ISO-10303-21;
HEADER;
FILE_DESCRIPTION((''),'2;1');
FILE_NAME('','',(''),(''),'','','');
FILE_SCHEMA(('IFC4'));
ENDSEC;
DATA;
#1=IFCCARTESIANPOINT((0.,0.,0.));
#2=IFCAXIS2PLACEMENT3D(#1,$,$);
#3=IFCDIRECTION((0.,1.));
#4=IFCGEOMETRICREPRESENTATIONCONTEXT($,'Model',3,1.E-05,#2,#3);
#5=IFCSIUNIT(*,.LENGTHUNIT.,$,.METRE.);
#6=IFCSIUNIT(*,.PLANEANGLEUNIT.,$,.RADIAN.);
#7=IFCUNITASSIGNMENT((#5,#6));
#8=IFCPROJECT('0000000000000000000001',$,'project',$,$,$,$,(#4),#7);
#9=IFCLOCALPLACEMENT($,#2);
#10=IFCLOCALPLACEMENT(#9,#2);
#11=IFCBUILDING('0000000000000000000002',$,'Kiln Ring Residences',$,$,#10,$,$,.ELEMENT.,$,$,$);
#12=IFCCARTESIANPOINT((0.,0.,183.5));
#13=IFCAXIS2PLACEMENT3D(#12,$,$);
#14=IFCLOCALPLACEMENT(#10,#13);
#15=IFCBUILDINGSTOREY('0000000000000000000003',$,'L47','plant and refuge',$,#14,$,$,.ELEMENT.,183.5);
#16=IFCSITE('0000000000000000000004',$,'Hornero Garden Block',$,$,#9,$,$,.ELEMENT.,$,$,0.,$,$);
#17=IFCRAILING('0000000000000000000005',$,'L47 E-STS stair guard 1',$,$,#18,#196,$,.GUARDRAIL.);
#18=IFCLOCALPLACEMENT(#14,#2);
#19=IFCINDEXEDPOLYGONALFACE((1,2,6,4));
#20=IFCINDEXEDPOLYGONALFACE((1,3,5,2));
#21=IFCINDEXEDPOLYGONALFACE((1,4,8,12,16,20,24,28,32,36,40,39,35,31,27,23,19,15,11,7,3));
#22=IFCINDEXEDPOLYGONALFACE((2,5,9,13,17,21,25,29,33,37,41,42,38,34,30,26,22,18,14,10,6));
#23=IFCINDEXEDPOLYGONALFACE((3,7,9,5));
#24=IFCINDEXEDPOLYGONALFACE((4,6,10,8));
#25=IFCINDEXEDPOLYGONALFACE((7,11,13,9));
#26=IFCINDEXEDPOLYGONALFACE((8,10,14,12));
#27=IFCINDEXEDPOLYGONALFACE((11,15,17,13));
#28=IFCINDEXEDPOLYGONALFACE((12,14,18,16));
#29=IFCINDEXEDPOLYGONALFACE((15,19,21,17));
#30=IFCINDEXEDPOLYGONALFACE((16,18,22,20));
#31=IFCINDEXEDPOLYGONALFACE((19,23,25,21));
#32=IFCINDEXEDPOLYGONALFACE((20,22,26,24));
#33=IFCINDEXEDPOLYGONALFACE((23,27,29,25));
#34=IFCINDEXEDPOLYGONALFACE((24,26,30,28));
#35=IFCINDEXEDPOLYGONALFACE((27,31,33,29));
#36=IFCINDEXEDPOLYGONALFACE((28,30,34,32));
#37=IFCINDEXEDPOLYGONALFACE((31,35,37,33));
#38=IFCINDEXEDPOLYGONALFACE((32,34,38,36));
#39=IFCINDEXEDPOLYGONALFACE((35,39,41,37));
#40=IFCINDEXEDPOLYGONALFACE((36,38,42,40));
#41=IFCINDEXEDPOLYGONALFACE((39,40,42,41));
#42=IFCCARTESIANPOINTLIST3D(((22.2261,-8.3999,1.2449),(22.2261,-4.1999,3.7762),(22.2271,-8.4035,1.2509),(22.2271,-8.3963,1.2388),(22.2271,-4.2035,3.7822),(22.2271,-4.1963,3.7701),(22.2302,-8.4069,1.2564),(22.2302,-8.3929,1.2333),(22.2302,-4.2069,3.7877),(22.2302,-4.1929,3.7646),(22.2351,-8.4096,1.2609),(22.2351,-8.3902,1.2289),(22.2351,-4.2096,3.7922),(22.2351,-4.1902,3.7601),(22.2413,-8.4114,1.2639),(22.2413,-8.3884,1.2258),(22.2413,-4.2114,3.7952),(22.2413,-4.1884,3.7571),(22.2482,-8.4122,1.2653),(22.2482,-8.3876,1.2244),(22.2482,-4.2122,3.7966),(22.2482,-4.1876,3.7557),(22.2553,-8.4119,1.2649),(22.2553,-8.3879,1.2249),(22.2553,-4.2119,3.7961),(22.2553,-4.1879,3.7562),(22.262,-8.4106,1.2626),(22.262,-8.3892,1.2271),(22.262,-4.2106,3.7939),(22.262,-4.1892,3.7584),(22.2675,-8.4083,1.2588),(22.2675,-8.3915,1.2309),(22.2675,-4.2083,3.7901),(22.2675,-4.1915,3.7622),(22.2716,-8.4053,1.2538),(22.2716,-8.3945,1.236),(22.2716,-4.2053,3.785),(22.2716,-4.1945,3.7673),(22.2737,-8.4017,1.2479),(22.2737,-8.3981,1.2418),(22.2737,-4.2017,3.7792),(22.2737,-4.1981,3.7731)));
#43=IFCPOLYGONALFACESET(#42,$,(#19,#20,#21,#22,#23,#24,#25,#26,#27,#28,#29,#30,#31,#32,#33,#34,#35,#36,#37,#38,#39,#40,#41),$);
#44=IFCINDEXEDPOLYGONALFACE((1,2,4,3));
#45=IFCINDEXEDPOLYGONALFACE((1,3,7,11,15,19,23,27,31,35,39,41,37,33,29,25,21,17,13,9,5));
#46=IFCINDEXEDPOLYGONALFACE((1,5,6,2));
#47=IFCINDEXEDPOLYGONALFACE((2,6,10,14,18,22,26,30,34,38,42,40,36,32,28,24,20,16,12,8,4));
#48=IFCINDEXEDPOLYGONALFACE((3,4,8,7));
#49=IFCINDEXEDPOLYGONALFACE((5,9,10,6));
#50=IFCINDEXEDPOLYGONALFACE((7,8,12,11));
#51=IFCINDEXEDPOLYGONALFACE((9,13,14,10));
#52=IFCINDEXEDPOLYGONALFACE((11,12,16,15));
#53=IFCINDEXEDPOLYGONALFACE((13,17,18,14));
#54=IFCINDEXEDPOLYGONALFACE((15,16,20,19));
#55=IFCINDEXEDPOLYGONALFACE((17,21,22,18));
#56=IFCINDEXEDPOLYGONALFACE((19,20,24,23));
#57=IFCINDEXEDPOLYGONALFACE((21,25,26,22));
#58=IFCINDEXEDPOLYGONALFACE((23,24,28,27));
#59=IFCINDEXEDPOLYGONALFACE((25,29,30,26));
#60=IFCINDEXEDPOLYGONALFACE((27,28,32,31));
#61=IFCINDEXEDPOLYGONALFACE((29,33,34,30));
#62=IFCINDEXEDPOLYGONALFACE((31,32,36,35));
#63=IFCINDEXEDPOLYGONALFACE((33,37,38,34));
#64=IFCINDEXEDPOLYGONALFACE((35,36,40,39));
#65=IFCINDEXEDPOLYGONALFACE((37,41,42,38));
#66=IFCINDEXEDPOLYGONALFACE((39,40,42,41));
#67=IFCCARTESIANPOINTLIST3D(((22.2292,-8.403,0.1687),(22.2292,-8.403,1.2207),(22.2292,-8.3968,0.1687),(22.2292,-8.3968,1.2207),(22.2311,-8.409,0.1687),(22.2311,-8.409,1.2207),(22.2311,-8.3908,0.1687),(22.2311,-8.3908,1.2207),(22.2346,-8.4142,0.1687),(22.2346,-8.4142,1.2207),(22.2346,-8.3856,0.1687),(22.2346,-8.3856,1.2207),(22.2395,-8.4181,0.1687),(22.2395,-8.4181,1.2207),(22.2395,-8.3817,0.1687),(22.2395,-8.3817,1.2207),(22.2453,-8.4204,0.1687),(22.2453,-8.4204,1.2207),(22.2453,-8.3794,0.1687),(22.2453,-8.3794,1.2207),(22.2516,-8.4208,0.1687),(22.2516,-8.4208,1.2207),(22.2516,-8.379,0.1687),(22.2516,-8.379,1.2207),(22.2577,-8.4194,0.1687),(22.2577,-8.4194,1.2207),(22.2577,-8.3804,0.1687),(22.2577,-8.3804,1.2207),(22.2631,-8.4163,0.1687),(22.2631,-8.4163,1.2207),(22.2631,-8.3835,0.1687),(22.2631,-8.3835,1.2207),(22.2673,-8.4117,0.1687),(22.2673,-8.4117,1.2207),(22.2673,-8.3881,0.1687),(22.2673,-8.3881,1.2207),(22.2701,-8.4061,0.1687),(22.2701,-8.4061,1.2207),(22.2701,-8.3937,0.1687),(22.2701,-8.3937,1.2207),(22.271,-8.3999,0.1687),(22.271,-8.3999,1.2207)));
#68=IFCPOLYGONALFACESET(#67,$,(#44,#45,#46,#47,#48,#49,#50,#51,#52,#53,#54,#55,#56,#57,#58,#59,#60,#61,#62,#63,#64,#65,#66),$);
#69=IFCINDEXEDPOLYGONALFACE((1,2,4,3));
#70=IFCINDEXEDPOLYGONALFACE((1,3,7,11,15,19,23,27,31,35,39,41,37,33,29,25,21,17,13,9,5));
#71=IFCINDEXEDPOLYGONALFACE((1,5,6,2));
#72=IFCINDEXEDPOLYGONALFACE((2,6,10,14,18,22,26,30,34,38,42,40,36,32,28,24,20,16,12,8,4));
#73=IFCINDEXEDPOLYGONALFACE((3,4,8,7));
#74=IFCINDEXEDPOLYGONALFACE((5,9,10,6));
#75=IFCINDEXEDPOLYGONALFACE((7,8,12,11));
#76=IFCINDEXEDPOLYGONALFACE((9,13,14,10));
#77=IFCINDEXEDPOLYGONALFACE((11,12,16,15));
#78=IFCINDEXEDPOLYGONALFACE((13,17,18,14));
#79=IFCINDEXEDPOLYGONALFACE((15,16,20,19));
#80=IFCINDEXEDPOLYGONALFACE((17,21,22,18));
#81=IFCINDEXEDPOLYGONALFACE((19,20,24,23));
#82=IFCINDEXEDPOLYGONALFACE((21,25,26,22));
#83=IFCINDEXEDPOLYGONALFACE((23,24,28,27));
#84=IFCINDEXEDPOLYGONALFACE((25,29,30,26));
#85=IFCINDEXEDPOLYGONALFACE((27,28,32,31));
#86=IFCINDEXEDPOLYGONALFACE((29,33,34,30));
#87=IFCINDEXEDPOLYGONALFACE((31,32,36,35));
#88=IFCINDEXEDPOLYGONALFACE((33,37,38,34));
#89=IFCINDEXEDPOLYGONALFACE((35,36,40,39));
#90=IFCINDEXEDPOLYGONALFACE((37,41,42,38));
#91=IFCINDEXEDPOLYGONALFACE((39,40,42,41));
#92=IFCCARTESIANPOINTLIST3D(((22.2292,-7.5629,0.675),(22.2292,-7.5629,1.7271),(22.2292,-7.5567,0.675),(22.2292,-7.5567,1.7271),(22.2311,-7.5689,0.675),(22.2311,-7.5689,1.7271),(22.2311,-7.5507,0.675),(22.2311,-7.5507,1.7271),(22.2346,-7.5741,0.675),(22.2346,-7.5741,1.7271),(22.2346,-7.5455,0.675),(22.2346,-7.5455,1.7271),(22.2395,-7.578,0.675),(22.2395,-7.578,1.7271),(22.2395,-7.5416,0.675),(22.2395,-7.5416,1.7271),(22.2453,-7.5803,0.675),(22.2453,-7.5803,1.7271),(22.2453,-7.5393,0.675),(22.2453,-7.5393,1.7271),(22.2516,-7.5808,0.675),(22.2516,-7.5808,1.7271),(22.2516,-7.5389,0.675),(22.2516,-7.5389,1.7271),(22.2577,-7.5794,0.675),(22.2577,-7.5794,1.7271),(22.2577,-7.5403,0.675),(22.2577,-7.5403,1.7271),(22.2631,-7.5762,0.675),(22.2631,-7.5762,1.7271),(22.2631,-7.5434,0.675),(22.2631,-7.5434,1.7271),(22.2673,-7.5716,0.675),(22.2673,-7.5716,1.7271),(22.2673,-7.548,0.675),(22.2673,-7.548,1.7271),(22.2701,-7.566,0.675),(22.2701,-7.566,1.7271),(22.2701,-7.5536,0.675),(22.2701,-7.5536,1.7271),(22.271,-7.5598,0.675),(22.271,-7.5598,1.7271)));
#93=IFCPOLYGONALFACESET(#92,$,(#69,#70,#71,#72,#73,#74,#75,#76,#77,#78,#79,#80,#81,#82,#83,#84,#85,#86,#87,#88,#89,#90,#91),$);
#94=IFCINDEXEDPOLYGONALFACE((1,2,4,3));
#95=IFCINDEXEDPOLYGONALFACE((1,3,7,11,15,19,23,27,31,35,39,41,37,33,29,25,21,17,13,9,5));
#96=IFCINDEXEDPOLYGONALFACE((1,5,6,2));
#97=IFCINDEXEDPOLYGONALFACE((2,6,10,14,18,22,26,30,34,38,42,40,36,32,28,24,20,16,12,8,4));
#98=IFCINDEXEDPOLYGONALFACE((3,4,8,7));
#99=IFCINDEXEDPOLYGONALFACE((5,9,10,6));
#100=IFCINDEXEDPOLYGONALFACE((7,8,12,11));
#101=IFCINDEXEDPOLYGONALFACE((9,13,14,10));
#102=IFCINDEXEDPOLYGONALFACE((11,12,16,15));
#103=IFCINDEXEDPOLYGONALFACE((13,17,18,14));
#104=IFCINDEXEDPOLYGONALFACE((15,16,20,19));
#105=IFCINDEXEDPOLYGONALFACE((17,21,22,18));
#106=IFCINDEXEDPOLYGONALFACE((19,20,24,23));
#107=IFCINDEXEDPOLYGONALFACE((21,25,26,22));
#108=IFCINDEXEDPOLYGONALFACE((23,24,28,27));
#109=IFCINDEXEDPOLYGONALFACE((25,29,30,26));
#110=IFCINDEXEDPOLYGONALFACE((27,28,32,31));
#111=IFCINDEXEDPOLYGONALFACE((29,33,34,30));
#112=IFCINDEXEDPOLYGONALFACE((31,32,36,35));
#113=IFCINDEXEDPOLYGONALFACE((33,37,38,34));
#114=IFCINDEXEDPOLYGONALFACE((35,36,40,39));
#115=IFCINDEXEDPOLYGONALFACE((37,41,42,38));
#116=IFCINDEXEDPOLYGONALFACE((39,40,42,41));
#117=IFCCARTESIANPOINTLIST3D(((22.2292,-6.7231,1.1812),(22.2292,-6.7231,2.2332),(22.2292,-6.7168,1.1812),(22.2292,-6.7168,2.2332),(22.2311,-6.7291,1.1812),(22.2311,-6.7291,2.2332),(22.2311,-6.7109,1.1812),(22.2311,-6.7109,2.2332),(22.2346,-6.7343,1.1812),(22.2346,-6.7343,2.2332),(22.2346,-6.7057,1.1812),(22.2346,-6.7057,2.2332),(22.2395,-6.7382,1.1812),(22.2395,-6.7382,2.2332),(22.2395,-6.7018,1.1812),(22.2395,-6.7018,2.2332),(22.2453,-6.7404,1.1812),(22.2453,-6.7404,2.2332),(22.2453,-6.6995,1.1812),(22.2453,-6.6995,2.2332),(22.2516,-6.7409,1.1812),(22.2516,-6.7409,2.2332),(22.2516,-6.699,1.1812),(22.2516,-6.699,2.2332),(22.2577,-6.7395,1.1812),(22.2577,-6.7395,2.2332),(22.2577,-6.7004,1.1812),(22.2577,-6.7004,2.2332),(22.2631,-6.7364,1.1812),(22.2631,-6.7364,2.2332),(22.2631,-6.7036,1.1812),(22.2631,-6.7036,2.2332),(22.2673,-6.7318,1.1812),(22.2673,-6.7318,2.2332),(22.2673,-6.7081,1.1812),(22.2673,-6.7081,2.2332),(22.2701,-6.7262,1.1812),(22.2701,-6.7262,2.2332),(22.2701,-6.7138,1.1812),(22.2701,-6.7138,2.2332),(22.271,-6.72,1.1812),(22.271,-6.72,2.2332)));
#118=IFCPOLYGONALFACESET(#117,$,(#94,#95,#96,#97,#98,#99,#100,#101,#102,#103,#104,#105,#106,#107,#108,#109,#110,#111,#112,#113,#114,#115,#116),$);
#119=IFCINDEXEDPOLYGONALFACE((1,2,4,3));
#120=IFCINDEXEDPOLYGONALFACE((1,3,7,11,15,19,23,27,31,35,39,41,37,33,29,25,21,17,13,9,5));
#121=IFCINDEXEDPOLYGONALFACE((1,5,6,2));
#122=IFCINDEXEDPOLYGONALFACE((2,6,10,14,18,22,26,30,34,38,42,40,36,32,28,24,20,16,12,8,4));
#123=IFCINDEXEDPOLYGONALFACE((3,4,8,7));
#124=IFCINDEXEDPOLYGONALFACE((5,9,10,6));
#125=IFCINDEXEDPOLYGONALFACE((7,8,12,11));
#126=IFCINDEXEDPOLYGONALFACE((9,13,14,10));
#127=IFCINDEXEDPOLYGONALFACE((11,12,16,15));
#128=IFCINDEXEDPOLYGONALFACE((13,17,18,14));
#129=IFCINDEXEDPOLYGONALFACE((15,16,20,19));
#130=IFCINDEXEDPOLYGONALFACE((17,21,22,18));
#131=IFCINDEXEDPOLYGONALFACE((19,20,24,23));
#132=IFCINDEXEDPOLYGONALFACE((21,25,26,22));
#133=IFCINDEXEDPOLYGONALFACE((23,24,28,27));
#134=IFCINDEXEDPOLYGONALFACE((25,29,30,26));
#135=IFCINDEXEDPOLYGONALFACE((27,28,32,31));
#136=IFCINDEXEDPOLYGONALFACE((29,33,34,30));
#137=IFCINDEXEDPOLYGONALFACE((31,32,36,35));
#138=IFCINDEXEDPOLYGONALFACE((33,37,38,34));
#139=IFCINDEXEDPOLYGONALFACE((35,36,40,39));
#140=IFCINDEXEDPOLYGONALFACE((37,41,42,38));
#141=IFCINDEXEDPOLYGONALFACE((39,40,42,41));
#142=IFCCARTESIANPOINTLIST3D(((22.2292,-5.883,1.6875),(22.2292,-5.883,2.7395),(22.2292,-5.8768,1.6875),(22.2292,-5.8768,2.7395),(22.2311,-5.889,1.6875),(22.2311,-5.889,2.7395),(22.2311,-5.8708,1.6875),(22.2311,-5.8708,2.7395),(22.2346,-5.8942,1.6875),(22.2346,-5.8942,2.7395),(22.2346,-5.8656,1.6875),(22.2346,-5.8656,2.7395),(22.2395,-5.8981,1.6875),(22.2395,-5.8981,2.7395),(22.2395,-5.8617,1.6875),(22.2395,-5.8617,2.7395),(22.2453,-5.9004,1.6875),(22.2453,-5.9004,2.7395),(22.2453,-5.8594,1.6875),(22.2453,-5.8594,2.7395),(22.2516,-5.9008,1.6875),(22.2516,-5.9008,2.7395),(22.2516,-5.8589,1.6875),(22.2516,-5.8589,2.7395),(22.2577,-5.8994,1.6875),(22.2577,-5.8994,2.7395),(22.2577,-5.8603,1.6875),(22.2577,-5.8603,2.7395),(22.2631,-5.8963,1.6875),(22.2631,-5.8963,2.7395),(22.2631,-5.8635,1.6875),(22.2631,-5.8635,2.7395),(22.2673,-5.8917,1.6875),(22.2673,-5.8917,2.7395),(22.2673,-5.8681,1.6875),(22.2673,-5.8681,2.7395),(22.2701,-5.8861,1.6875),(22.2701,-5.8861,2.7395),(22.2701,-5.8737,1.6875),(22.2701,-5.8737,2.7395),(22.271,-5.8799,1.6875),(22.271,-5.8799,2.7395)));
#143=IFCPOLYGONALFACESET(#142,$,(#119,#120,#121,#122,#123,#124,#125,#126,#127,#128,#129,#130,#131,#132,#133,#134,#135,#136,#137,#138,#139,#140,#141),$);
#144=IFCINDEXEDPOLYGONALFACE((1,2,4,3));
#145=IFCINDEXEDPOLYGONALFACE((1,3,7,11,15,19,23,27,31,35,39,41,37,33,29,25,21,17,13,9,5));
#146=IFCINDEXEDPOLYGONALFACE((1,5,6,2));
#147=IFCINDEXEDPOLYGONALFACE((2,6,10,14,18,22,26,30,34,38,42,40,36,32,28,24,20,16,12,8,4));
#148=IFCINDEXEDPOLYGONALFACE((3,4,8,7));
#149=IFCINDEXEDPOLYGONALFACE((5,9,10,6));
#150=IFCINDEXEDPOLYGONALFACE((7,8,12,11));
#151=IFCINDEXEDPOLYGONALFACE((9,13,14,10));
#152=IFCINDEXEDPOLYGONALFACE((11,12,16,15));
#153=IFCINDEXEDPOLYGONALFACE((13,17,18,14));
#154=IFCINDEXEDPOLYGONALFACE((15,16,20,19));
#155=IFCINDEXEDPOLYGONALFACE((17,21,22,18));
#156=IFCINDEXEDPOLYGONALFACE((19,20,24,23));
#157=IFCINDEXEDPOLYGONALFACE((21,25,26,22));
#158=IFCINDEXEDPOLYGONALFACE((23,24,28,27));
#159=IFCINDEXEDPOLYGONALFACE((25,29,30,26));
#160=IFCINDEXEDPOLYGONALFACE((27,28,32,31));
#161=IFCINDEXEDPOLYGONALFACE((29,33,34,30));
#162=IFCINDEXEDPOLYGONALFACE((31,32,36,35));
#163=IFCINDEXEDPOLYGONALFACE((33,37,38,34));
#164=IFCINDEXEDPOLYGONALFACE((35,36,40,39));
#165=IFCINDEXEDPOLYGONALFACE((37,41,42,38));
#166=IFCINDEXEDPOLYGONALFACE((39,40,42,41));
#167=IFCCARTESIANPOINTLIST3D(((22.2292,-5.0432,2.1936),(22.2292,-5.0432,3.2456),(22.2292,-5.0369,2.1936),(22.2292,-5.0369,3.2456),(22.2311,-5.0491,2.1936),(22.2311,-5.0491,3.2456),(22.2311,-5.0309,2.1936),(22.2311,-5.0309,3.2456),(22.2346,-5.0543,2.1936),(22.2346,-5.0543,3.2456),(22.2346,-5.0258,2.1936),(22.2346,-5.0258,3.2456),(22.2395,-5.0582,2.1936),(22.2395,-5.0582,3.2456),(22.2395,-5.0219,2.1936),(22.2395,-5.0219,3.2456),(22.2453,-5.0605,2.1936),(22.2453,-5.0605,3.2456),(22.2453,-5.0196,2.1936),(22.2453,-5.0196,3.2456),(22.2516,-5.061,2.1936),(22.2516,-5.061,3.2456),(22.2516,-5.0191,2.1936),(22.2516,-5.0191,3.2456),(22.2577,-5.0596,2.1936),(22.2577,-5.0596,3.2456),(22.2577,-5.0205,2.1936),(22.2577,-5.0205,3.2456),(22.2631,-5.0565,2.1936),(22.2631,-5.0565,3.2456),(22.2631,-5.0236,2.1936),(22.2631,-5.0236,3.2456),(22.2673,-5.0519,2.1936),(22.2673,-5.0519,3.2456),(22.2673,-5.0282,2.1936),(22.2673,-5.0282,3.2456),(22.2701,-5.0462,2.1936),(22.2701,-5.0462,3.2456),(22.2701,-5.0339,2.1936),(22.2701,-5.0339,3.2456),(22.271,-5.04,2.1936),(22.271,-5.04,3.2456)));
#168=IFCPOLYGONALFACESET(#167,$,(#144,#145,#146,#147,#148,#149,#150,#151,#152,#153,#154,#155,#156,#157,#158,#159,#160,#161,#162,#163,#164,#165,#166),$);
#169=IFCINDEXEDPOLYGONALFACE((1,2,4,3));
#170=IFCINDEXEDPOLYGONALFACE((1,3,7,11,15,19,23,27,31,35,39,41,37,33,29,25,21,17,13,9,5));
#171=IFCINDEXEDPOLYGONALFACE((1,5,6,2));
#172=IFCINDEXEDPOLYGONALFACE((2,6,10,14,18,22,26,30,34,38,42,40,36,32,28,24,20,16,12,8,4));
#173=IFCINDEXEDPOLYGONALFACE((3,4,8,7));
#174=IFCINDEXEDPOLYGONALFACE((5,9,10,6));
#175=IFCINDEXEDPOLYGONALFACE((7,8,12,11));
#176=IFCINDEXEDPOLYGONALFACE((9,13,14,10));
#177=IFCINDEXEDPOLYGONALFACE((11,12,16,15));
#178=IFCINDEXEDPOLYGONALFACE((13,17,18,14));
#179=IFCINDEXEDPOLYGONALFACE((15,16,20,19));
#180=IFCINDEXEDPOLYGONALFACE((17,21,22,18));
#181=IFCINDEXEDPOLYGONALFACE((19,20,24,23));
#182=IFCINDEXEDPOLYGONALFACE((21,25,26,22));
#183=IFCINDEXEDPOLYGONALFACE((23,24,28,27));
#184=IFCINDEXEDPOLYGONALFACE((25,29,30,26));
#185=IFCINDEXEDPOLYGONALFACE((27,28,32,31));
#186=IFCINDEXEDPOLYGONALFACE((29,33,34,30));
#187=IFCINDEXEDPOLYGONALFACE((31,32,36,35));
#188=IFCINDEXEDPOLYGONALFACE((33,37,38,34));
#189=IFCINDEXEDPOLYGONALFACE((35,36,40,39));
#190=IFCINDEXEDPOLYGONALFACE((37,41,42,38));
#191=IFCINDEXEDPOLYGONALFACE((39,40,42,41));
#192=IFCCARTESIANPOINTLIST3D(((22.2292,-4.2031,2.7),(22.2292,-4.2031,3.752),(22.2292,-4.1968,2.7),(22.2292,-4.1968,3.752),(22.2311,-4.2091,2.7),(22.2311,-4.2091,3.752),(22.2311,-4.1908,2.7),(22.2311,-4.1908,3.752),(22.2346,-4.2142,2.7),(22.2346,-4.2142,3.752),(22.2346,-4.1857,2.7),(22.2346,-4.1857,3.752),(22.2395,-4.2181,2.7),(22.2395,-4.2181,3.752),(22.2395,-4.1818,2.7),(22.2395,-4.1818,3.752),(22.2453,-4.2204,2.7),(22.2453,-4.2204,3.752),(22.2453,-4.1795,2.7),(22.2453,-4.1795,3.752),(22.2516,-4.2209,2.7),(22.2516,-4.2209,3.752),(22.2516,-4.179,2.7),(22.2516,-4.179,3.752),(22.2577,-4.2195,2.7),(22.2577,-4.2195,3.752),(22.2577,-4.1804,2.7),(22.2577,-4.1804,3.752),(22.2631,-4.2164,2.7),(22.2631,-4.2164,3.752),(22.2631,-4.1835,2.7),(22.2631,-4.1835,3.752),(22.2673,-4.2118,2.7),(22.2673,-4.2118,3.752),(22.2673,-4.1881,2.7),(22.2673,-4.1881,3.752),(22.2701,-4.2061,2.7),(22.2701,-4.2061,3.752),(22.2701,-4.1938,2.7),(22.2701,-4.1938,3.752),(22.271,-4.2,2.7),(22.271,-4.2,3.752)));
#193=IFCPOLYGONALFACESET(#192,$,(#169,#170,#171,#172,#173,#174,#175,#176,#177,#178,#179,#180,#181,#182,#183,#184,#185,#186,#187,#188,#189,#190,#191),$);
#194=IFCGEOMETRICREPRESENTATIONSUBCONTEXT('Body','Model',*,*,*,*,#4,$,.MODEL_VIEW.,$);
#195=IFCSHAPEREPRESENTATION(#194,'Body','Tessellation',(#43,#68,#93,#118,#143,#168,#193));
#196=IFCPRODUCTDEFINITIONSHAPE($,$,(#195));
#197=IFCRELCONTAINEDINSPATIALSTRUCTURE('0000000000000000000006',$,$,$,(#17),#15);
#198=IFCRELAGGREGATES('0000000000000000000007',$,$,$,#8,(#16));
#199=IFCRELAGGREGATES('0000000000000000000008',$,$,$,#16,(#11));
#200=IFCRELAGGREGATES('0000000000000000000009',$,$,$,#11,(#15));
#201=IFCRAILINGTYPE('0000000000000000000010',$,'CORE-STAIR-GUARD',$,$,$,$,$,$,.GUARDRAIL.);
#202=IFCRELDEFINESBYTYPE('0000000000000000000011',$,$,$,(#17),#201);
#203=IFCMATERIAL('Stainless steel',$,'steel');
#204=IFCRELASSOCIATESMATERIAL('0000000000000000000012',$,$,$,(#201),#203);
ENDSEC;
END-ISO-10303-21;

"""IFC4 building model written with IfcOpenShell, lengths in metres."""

from ifc_helpers import new_model, si_unit, direction, frame, origin, origin_2d, place, context, subcontext, project, spatial, circle, extrude, material, type_object, element, save


model = new_model("IFC4")

# Units and contexts
model_context = context("Model", 3, precision=1e-05, world=origin(), true_north=direction((0.0, 1.0)))
body_context = subcontext(model_context, "Body", "Model", "MODEL_VIEW")
ifc_project = project(units=[si_unit("LENGTHUNIT", "METRE"), si_unit("PLANEANGLEUNIT", "RADIAN")], contexts=[model_context])

# Site, building, storey
site_placement = place(None, origin())
site = spatial("IfcSite", under=ifc_project, at=site_placement, Name="Hornero Garden Block", CompositionType="ELEMENT", RefElevation=0.0)
building_placement = place(site_placement, origin())
building = spatial("IfcBuilding", under=site, at=building_placement, Name="Kiln Ring Residences", CompositionType="ELEMENT")
storey_placement = place(building_placement, frame((0.0, 0.0, 183.5)))
storey = spatial("IfcBuildingStorey", under=building, at=storey_placement, Name="L47", Description="plant and refuge", CompositionType="ELEMENT", Elevation=183.5)

# Railing
ifc_material_1 = material(Name="Stainless steel", Category="steel")
railing_type_1 = type_object("IfcRailingType", Name="CORE-STAIR-GUARD", PredefinedType="GUARDRAIL", material=ifc_material_1)
railing_1_placement = place(storey_placement, frame((22.25, -8.3999, 0.1687)))
element("IfcRailing", 1, at=railing_1_placement, inside=storey, type_object=railing_type_1, Name="L47 E-STS stair guard 1", PredefinedType="GUARDRAIL", context=body_context, shape_type="SweptSolid", body=[
    extrude(circle(Radius=0.0239, at=origin_2d()), frame((0.0, 0.0, 1.0762), z_axis=(0.0, 0.856476, 0.516186), x_axis=(-1.0, 0.0, 0.0)), (0.0, 0.0, 1.0), 4.9038),
    extrude(circle(Radius=0.021, at=origin_2d()), origin(), (0.0, 0.0, 1.0), 1.052),
    extrude(circle(Radius=0.021, at=origin_2d()), frame((0.0, 0.8401, 0.5063)), (0.0, 0.0, 1.0), 1.052),
    extrude(circle(Radius=0.021, at=origin_2d()), frame((0.0, 1.6799, 1.0125)), (0.0, 0.0, 1.0), 1.052),
    extrude(circle(Radius=0.021, at=origin_2d()), frame((0.0, 2.52, 1.5188)), (0.0, 0.0, 1.0), 1.052),
    extrude(circle(Radius=0.021, at=origin_2d()), frame((0.0, 3.3599, 2.0249)), (0.0, 0.0, 1.0), 1.052),
    extrude(circle(Radius=0.021, at=origin_2d()), frame((0.0, 4.2, 2.5312)), (0.0, 0.0, 1.0), 1.052),
])

save(model, "model.ifc")
